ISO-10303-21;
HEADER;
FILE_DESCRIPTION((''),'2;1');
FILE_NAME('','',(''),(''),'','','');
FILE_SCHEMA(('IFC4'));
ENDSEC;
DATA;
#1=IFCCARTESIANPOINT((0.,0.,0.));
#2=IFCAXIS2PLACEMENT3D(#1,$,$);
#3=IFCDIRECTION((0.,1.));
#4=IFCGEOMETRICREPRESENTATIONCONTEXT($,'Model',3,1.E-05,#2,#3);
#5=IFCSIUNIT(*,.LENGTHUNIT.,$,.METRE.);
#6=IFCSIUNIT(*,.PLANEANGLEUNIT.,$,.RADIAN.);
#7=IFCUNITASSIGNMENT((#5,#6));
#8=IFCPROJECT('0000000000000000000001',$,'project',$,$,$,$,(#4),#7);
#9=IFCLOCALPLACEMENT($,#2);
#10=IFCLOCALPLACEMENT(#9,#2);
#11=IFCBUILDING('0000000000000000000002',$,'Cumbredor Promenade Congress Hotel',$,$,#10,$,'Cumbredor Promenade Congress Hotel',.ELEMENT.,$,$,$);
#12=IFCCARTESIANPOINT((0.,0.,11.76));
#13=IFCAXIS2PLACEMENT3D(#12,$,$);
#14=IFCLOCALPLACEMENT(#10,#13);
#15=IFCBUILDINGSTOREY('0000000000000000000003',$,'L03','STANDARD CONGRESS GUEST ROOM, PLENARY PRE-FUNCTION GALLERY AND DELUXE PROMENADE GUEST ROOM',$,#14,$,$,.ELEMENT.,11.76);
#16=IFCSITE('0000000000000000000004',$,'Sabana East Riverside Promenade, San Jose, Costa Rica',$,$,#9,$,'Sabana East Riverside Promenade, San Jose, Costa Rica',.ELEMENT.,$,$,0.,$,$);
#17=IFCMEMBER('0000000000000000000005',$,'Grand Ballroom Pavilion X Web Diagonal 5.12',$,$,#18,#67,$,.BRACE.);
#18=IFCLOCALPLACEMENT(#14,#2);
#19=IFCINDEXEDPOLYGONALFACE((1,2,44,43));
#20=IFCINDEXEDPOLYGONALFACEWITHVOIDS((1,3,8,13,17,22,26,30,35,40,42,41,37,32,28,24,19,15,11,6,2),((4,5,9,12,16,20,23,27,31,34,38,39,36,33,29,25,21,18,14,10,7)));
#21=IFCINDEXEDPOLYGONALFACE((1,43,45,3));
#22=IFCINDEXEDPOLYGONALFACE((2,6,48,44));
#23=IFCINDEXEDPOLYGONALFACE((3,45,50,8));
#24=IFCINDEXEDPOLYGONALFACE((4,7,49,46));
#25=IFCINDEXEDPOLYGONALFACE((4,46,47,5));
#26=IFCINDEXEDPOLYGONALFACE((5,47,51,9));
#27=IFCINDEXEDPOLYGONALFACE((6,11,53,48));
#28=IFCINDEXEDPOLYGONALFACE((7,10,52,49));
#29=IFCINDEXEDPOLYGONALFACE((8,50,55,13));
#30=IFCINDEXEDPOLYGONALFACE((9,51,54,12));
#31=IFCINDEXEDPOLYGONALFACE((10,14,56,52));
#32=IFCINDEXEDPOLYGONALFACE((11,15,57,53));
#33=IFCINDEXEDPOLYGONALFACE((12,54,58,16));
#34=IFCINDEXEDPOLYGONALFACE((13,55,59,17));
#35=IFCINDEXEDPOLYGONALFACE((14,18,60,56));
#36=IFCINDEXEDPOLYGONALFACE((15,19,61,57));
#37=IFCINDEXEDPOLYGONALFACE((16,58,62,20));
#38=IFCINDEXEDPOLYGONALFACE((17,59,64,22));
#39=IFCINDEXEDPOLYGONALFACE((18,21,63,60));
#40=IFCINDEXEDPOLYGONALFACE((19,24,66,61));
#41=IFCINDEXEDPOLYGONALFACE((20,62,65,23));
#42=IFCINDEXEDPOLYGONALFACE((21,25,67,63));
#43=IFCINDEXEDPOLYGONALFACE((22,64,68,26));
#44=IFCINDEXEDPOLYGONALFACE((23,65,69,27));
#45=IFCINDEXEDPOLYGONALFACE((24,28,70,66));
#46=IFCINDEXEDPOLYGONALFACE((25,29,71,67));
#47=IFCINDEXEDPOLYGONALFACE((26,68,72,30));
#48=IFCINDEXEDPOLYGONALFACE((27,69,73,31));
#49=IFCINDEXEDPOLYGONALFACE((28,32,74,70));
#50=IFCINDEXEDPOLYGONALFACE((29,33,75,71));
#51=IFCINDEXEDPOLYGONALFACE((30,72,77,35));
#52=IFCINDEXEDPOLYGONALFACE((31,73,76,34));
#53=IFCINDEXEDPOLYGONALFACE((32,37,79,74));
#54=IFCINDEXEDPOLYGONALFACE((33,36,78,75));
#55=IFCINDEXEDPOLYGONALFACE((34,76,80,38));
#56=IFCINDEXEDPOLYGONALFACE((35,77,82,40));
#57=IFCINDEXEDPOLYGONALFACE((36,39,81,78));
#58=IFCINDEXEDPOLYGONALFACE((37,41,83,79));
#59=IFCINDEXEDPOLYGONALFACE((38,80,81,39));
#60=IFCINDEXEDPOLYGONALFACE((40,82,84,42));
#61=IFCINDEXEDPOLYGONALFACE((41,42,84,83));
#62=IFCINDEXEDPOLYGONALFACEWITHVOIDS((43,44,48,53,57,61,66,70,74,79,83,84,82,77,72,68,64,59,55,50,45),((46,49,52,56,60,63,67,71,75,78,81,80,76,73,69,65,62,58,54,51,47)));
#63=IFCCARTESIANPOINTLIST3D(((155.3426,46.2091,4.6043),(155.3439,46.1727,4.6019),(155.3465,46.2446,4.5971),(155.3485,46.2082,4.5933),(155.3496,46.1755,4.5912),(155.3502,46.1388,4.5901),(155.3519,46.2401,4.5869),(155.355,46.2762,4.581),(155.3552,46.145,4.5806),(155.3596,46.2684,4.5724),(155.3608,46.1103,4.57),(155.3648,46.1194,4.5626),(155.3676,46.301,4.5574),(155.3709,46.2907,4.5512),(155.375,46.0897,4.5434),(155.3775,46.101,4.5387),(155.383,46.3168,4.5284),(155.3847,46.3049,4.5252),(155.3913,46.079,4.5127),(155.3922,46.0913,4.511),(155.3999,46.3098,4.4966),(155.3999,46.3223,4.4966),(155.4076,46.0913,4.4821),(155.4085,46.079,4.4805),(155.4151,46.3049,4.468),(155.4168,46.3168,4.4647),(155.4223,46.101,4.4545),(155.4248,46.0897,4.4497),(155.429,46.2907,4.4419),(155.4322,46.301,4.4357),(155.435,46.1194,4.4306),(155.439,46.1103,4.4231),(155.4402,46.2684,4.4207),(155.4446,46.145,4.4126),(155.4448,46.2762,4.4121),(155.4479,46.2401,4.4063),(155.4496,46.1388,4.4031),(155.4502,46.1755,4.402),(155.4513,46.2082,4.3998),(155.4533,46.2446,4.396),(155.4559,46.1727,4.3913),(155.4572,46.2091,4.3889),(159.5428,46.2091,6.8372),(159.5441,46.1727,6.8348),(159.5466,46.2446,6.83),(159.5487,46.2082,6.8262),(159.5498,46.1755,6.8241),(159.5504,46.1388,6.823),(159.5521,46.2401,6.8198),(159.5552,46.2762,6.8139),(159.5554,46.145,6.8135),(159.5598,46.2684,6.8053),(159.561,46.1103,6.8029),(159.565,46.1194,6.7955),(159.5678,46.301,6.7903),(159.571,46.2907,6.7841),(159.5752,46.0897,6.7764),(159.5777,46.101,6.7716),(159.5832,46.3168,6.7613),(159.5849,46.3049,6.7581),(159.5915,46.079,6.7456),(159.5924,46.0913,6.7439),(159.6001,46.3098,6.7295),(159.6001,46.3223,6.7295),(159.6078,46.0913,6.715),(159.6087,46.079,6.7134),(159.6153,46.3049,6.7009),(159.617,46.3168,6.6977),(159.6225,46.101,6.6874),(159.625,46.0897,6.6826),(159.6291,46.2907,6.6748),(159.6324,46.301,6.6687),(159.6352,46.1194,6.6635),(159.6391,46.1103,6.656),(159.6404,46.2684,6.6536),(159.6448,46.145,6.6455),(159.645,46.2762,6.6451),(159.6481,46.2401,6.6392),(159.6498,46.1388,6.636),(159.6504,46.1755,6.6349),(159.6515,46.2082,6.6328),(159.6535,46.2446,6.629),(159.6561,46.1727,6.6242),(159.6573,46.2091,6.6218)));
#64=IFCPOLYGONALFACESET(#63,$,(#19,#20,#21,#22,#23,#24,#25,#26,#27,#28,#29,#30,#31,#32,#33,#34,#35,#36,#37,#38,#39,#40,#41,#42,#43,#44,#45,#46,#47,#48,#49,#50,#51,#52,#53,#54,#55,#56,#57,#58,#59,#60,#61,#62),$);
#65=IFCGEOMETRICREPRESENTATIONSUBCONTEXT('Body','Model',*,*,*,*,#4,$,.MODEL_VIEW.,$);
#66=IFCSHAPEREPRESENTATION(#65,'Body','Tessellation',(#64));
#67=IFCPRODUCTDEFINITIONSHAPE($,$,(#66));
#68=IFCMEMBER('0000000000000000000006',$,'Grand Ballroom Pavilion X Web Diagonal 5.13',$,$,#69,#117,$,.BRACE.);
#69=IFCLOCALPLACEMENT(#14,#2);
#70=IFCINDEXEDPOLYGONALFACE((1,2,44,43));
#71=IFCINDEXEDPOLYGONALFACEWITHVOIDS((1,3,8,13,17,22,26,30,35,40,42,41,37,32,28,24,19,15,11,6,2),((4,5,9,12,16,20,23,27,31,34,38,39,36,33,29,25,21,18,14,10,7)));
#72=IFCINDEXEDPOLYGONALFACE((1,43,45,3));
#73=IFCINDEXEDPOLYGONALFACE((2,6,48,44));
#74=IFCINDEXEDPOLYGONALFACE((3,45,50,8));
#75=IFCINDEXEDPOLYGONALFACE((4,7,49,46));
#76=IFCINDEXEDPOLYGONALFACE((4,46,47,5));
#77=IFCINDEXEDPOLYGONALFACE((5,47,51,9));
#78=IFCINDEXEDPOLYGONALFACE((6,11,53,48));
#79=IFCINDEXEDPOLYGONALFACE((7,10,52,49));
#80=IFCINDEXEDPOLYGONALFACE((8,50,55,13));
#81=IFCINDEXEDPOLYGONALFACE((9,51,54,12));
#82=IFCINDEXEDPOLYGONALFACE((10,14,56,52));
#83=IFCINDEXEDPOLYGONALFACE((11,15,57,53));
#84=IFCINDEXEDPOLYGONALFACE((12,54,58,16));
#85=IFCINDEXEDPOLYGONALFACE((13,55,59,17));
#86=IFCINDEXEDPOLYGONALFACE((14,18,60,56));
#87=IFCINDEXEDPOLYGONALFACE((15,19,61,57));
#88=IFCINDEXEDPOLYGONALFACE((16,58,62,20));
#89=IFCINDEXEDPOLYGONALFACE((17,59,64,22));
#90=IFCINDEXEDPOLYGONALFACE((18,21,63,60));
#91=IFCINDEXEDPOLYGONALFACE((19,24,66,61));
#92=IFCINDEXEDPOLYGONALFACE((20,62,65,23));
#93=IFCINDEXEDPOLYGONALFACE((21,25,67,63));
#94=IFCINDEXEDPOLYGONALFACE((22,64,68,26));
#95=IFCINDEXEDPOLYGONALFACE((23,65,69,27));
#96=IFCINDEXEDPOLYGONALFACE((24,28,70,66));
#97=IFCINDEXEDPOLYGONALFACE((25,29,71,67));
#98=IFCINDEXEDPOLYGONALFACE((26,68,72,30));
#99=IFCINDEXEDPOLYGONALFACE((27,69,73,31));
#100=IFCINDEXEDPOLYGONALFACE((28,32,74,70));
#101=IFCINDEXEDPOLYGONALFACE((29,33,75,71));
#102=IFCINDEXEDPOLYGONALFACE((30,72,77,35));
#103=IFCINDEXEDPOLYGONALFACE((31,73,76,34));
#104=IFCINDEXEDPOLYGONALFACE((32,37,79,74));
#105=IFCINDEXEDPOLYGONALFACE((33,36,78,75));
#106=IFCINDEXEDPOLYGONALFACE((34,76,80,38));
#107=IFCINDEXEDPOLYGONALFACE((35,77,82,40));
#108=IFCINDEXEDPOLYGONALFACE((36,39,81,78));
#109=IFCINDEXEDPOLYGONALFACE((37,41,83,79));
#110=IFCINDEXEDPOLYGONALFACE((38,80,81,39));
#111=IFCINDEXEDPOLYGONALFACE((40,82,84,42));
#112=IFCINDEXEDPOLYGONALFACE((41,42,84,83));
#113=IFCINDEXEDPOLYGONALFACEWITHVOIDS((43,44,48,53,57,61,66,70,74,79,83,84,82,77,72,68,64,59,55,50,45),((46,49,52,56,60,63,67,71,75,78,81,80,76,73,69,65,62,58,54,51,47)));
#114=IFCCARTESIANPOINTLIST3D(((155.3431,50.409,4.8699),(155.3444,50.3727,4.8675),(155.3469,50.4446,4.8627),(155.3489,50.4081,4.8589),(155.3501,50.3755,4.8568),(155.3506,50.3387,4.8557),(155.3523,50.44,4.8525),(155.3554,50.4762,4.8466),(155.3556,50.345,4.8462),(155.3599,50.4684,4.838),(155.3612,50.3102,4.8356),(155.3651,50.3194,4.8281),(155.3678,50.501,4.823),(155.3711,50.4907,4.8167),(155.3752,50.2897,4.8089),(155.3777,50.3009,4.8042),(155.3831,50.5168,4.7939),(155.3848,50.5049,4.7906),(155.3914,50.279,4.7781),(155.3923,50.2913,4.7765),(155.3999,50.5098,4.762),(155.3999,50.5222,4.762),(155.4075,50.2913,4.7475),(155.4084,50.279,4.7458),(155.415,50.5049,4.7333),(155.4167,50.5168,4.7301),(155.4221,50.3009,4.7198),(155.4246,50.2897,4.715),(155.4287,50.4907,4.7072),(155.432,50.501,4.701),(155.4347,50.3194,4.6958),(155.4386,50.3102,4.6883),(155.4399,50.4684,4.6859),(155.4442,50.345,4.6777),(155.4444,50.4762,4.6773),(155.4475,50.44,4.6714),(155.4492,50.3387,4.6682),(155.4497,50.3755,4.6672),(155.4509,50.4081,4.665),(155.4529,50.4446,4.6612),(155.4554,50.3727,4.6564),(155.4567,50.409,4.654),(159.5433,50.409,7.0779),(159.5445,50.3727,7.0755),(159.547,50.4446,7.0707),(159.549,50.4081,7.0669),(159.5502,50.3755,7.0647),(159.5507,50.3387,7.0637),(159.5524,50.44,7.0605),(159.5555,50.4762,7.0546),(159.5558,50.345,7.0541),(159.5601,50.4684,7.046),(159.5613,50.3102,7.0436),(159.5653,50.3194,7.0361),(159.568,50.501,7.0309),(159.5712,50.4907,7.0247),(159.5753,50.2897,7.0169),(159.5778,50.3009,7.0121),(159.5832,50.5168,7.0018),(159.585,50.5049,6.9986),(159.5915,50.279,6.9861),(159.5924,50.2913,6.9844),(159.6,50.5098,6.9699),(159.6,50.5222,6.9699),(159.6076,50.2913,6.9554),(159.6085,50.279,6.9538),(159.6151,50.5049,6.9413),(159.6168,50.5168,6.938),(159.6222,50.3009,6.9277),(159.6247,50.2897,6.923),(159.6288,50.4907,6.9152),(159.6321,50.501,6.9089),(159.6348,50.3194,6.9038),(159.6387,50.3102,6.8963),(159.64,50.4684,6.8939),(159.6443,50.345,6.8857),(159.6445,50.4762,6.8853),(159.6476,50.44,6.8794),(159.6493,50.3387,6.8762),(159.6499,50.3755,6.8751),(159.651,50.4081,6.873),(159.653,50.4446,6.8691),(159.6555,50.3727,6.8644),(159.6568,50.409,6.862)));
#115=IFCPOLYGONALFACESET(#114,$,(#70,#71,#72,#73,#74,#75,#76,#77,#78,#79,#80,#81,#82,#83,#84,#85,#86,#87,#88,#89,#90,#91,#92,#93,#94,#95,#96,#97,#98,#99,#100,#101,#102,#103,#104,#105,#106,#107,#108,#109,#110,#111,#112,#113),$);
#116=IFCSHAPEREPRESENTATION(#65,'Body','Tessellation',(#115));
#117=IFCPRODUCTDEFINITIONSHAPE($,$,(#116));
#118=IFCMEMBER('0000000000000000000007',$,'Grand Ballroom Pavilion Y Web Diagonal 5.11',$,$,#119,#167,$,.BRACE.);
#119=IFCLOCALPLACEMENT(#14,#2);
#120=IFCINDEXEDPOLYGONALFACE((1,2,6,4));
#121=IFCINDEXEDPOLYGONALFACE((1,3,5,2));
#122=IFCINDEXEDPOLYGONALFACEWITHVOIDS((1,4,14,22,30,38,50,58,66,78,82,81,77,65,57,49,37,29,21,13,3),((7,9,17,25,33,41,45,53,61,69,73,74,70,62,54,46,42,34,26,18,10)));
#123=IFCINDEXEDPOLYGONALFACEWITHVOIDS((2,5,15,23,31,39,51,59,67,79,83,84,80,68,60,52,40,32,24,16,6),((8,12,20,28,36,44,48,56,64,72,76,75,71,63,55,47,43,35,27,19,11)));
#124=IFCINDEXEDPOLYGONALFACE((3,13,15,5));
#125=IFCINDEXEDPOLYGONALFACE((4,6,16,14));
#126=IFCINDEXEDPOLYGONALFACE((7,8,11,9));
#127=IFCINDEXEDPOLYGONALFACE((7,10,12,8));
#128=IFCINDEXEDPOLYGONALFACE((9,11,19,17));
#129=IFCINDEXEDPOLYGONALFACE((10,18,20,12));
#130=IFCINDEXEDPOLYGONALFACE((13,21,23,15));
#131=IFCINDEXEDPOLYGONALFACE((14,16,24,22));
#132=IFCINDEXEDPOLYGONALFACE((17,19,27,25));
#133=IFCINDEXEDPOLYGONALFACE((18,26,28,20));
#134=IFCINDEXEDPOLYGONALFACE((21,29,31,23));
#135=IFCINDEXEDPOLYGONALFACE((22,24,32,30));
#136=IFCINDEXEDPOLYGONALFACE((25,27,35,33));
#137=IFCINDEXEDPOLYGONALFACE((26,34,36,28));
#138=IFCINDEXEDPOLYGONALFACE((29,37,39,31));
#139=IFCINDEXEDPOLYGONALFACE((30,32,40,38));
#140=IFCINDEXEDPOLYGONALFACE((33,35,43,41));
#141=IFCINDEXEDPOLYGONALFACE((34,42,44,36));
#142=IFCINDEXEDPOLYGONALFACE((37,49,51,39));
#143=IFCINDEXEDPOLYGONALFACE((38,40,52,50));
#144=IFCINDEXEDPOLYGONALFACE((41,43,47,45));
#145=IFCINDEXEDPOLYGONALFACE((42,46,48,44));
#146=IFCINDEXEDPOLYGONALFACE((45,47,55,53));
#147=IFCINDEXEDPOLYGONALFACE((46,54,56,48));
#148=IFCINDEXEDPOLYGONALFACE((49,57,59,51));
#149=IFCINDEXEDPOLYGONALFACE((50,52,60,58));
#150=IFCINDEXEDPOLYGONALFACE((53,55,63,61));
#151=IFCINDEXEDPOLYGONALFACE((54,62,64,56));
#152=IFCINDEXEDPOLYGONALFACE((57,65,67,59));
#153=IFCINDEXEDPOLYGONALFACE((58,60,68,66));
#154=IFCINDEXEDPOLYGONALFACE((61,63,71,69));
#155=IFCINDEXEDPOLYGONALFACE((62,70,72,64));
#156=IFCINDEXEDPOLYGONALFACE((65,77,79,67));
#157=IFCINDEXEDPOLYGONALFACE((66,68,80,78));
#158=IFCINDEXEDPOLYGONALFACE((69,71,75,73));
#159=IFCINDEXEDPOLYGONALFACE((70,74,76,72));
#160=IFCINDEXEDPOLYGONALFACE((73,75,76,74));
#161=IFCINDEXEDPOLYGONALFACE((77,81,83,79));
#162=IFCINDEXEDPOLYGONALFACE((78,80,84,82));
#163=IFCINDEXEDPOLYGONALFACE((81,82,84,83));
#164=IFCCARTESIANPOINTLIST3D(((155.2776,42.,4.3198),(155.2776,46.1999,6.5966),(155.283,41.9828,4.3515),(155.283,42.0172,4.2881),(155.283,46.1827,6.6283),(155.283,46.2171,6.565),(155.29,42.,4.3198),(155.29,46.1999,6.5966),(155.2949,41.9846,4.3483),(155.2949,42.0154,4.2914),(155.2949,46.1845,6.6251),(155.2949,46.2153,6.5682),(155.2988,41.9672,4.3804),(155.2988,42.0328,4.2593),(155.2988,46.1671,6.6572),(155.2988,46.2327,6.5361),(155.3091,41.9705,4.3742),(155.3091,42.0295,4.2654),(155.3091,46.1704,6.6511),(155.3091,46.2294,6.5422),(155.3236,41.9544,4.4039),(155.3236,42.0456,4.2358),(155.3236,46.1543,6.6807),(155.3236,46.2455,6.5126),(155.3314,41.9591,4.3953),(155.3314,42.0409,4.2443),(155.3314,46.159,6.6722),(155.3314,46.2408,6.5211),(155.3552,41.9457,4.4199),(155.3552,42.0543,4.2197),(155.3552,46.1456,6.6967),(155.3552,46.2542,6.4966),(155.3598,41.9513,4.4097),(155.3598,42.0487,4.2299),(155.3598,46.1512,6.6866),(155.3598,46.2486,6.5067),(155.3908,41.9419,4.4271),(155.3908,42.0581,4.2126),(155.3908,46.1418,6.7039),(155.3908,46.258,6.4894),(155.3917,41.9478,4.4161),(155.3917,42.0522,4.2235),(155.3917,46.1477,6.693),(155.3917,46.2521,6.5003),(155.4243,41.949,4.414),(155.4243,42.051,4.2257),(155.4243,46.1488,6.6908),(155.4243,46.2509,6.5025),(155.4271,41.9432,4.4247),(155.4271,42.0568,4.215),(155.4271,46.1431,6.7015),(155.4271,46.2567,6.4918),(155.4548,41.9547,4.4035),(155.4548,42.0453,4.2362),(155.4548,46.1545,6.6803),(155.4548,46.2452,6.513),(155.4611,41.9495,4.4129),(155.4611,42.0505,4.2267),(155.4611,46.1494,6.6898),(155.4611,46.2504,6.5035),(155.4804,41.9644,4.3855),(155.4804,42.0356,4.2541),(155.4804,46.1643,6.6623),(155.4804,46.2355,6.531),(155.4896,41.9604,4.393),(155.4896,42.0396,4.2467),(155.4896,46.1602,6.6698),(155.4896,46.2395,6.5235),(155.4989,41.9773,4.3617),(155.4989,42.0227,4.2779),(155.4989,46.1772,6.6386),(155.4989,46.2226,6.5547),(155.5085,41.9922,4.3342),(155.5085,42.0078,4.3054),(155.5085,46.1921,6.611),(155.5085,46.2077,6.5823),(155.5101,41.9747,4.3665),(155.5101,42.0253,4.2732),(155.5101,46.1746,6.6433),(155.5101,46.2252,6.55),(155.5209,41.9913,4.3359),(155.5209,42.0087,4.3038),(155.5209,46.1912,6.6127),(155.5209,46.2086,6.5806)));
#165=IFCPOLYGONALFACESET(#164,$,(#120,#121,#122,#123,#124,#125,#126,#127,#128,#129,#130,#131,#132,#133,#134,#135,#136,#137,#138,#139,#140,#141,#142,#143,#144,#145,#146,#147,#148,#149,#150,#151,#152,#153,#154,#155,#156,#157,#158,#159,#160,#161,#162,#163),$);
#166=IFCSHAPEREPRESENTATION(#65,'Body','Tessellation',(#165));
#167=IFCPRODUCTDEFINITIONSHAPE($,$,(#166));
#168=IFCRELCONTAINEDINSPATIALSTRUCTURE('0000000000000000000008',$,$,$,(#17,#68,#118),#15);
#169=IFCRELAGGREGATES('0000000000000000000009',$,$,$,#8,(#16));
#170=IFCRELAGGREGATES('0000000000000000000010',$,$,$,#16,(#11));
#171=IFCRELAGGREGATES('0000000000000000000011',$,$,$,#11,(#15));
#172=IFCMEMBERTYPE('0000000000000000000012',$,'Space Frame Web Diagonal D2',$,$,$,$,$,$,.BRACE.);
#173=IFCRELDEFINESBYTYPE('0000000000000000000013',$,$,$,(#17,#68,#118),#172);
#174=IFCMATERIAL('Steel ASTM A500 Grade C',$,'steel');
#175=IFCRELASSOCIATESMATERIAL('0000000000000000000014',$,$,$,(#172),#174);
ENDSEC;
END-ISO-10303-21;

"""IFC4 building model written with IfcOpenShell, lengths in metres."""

from ifc_helpers import new_model, si_unit, direction, frame, origin, origin_2d, place, context, subcontext, project, spatial, hollow_circle, extrude, material, material_profile, profile_set, type_object, element, save


model = new_model("IFC4")

# Units and contexts
model_context = context("Model", 3, precision=1e-05, world=origin(), true_north=direction((0.0, 1.0)))
body_context = subcontext(model_context, "Body", "Model", "MODEL_VIEW")
ifc_project = project(units=[si_unit("LENGTHUNIT", "METRE"), si_unit("PLANEANGLEUNIT", "RADIAN")], contexts=[model_context])

# Site, building, storey
site_placement = place(None, origin())
site = spatial("IfcSite", under=ifc_project, at=site_placement, Name="Sabana East Riverside Promenade, San Jose, Costa Rica", LongName="Sabana East Riverside Promenade, San Jose, Costa Rica", CompositionType="ELEMENT", RefElevation=0.0)
building_placement = place(site_placement, origin())
building = spatial("IfcBuilding", under=site, at=building_placement, Name="Cumbredor Promenade Congress Hotel", LongName="Cumbredor Promenade Congress Hotel", CompositionType="ELEMENT")
storey_placement = place(building_placement, frame((0.0, 0.0, 11.76)))
storey = spatial("IfcBuildingStorey", under=building, at=storey_placement, Name="L03", Description="STANDARD CONGRESS GUEST ROOM, PLENARY PRE-FUNCTION GALLERY AND DELUXE PROMENADE GUEST ROOM", CompositionType="ELEMENT", Elevation=11.76)

# Members
ifc_material_1 = material(Name="Steel ASTM A500 Grade C", Category="steel")
ifc_material_profile_1 = material_profile(ifc_material_1, hollow_circle(Radius=0.1223, WallThickness=0.0125, at=origin_2d()), Name="CHS 244.5x12.5")
ifc_profile_set_1 = profile_set([ifc_material_profile_1], Name="Steel ASTM A500 Grade C")
member_type_1 = type_object("IfcMemberType", Name="Space Frame Web Diagonal D2", PredefinedType="BRACE", material=ifc_profile_set_1)
member_1_placement = place(storey_placement, frame((155.3999, 46.2, 4.4966), z_axis=(0.88298, 0.0, 0.46941), x_axis=(0.0, 1.0, 0.0)))
element("IfcMember", 1, at=member_1_placement, inside=storey, type_object=member_type_1, Name="Grand Ballroom Pavilion X Web Diagonal 5.12", PredefinedType="BRACE", context=body_context, shape_type="SweptSolid", body=[
    extrude(hollow_circle(Radius=0.1223, WallThickness=0.0125, at=origin_2d()), origin(), (0.0, 0.0, 1.0), 4.7568),
])
member_2_placement = place(storey_placement, frame((155.3999, 50.3999, 4.762), z_axis=(0.885146, 0.0, 0.465314), x_axis=(0.0, 1.0, 0.0)))
element("IfcMember", 2, at=member_2_placement, inside=storey, type_object=member_type_1, Name="Grand Ballroom Pavilion X Web Diagonal 5.13", PredefinedType="BRACE", context=body_context, shape_type="SweptSolid", body=[
    extrude(hollow_circle(Radius=0.1223, WallThickness=0.0125, at=origin_2d()), origin(), (0.0, 0.0, 1.0), 4.7451),
])
member_3_placement = place(storey_placement, frame((155.3999, 42.0, 4.3198), z_axis=(0.0, 0.879127, 0.476588), x_axis=(-1.0, 0.0, 0.0)))
element("IfcMember", 3, at=member_3_placement, inside=storey, type_object=member_type_1, Name="Grand Ballroom Pavilion Y Web Diagonal 5.11", PredefinedType="BRACE", context=body_context, shape_type="SweptSolid", body=[
    extrude(hollow_circle(Radius=0.1223, WallThickness=0.0125, at=origin_2d()), origin(), (0.0, 0.0, 1.0), 4.7773),
])

save(model, "model.ifc")
